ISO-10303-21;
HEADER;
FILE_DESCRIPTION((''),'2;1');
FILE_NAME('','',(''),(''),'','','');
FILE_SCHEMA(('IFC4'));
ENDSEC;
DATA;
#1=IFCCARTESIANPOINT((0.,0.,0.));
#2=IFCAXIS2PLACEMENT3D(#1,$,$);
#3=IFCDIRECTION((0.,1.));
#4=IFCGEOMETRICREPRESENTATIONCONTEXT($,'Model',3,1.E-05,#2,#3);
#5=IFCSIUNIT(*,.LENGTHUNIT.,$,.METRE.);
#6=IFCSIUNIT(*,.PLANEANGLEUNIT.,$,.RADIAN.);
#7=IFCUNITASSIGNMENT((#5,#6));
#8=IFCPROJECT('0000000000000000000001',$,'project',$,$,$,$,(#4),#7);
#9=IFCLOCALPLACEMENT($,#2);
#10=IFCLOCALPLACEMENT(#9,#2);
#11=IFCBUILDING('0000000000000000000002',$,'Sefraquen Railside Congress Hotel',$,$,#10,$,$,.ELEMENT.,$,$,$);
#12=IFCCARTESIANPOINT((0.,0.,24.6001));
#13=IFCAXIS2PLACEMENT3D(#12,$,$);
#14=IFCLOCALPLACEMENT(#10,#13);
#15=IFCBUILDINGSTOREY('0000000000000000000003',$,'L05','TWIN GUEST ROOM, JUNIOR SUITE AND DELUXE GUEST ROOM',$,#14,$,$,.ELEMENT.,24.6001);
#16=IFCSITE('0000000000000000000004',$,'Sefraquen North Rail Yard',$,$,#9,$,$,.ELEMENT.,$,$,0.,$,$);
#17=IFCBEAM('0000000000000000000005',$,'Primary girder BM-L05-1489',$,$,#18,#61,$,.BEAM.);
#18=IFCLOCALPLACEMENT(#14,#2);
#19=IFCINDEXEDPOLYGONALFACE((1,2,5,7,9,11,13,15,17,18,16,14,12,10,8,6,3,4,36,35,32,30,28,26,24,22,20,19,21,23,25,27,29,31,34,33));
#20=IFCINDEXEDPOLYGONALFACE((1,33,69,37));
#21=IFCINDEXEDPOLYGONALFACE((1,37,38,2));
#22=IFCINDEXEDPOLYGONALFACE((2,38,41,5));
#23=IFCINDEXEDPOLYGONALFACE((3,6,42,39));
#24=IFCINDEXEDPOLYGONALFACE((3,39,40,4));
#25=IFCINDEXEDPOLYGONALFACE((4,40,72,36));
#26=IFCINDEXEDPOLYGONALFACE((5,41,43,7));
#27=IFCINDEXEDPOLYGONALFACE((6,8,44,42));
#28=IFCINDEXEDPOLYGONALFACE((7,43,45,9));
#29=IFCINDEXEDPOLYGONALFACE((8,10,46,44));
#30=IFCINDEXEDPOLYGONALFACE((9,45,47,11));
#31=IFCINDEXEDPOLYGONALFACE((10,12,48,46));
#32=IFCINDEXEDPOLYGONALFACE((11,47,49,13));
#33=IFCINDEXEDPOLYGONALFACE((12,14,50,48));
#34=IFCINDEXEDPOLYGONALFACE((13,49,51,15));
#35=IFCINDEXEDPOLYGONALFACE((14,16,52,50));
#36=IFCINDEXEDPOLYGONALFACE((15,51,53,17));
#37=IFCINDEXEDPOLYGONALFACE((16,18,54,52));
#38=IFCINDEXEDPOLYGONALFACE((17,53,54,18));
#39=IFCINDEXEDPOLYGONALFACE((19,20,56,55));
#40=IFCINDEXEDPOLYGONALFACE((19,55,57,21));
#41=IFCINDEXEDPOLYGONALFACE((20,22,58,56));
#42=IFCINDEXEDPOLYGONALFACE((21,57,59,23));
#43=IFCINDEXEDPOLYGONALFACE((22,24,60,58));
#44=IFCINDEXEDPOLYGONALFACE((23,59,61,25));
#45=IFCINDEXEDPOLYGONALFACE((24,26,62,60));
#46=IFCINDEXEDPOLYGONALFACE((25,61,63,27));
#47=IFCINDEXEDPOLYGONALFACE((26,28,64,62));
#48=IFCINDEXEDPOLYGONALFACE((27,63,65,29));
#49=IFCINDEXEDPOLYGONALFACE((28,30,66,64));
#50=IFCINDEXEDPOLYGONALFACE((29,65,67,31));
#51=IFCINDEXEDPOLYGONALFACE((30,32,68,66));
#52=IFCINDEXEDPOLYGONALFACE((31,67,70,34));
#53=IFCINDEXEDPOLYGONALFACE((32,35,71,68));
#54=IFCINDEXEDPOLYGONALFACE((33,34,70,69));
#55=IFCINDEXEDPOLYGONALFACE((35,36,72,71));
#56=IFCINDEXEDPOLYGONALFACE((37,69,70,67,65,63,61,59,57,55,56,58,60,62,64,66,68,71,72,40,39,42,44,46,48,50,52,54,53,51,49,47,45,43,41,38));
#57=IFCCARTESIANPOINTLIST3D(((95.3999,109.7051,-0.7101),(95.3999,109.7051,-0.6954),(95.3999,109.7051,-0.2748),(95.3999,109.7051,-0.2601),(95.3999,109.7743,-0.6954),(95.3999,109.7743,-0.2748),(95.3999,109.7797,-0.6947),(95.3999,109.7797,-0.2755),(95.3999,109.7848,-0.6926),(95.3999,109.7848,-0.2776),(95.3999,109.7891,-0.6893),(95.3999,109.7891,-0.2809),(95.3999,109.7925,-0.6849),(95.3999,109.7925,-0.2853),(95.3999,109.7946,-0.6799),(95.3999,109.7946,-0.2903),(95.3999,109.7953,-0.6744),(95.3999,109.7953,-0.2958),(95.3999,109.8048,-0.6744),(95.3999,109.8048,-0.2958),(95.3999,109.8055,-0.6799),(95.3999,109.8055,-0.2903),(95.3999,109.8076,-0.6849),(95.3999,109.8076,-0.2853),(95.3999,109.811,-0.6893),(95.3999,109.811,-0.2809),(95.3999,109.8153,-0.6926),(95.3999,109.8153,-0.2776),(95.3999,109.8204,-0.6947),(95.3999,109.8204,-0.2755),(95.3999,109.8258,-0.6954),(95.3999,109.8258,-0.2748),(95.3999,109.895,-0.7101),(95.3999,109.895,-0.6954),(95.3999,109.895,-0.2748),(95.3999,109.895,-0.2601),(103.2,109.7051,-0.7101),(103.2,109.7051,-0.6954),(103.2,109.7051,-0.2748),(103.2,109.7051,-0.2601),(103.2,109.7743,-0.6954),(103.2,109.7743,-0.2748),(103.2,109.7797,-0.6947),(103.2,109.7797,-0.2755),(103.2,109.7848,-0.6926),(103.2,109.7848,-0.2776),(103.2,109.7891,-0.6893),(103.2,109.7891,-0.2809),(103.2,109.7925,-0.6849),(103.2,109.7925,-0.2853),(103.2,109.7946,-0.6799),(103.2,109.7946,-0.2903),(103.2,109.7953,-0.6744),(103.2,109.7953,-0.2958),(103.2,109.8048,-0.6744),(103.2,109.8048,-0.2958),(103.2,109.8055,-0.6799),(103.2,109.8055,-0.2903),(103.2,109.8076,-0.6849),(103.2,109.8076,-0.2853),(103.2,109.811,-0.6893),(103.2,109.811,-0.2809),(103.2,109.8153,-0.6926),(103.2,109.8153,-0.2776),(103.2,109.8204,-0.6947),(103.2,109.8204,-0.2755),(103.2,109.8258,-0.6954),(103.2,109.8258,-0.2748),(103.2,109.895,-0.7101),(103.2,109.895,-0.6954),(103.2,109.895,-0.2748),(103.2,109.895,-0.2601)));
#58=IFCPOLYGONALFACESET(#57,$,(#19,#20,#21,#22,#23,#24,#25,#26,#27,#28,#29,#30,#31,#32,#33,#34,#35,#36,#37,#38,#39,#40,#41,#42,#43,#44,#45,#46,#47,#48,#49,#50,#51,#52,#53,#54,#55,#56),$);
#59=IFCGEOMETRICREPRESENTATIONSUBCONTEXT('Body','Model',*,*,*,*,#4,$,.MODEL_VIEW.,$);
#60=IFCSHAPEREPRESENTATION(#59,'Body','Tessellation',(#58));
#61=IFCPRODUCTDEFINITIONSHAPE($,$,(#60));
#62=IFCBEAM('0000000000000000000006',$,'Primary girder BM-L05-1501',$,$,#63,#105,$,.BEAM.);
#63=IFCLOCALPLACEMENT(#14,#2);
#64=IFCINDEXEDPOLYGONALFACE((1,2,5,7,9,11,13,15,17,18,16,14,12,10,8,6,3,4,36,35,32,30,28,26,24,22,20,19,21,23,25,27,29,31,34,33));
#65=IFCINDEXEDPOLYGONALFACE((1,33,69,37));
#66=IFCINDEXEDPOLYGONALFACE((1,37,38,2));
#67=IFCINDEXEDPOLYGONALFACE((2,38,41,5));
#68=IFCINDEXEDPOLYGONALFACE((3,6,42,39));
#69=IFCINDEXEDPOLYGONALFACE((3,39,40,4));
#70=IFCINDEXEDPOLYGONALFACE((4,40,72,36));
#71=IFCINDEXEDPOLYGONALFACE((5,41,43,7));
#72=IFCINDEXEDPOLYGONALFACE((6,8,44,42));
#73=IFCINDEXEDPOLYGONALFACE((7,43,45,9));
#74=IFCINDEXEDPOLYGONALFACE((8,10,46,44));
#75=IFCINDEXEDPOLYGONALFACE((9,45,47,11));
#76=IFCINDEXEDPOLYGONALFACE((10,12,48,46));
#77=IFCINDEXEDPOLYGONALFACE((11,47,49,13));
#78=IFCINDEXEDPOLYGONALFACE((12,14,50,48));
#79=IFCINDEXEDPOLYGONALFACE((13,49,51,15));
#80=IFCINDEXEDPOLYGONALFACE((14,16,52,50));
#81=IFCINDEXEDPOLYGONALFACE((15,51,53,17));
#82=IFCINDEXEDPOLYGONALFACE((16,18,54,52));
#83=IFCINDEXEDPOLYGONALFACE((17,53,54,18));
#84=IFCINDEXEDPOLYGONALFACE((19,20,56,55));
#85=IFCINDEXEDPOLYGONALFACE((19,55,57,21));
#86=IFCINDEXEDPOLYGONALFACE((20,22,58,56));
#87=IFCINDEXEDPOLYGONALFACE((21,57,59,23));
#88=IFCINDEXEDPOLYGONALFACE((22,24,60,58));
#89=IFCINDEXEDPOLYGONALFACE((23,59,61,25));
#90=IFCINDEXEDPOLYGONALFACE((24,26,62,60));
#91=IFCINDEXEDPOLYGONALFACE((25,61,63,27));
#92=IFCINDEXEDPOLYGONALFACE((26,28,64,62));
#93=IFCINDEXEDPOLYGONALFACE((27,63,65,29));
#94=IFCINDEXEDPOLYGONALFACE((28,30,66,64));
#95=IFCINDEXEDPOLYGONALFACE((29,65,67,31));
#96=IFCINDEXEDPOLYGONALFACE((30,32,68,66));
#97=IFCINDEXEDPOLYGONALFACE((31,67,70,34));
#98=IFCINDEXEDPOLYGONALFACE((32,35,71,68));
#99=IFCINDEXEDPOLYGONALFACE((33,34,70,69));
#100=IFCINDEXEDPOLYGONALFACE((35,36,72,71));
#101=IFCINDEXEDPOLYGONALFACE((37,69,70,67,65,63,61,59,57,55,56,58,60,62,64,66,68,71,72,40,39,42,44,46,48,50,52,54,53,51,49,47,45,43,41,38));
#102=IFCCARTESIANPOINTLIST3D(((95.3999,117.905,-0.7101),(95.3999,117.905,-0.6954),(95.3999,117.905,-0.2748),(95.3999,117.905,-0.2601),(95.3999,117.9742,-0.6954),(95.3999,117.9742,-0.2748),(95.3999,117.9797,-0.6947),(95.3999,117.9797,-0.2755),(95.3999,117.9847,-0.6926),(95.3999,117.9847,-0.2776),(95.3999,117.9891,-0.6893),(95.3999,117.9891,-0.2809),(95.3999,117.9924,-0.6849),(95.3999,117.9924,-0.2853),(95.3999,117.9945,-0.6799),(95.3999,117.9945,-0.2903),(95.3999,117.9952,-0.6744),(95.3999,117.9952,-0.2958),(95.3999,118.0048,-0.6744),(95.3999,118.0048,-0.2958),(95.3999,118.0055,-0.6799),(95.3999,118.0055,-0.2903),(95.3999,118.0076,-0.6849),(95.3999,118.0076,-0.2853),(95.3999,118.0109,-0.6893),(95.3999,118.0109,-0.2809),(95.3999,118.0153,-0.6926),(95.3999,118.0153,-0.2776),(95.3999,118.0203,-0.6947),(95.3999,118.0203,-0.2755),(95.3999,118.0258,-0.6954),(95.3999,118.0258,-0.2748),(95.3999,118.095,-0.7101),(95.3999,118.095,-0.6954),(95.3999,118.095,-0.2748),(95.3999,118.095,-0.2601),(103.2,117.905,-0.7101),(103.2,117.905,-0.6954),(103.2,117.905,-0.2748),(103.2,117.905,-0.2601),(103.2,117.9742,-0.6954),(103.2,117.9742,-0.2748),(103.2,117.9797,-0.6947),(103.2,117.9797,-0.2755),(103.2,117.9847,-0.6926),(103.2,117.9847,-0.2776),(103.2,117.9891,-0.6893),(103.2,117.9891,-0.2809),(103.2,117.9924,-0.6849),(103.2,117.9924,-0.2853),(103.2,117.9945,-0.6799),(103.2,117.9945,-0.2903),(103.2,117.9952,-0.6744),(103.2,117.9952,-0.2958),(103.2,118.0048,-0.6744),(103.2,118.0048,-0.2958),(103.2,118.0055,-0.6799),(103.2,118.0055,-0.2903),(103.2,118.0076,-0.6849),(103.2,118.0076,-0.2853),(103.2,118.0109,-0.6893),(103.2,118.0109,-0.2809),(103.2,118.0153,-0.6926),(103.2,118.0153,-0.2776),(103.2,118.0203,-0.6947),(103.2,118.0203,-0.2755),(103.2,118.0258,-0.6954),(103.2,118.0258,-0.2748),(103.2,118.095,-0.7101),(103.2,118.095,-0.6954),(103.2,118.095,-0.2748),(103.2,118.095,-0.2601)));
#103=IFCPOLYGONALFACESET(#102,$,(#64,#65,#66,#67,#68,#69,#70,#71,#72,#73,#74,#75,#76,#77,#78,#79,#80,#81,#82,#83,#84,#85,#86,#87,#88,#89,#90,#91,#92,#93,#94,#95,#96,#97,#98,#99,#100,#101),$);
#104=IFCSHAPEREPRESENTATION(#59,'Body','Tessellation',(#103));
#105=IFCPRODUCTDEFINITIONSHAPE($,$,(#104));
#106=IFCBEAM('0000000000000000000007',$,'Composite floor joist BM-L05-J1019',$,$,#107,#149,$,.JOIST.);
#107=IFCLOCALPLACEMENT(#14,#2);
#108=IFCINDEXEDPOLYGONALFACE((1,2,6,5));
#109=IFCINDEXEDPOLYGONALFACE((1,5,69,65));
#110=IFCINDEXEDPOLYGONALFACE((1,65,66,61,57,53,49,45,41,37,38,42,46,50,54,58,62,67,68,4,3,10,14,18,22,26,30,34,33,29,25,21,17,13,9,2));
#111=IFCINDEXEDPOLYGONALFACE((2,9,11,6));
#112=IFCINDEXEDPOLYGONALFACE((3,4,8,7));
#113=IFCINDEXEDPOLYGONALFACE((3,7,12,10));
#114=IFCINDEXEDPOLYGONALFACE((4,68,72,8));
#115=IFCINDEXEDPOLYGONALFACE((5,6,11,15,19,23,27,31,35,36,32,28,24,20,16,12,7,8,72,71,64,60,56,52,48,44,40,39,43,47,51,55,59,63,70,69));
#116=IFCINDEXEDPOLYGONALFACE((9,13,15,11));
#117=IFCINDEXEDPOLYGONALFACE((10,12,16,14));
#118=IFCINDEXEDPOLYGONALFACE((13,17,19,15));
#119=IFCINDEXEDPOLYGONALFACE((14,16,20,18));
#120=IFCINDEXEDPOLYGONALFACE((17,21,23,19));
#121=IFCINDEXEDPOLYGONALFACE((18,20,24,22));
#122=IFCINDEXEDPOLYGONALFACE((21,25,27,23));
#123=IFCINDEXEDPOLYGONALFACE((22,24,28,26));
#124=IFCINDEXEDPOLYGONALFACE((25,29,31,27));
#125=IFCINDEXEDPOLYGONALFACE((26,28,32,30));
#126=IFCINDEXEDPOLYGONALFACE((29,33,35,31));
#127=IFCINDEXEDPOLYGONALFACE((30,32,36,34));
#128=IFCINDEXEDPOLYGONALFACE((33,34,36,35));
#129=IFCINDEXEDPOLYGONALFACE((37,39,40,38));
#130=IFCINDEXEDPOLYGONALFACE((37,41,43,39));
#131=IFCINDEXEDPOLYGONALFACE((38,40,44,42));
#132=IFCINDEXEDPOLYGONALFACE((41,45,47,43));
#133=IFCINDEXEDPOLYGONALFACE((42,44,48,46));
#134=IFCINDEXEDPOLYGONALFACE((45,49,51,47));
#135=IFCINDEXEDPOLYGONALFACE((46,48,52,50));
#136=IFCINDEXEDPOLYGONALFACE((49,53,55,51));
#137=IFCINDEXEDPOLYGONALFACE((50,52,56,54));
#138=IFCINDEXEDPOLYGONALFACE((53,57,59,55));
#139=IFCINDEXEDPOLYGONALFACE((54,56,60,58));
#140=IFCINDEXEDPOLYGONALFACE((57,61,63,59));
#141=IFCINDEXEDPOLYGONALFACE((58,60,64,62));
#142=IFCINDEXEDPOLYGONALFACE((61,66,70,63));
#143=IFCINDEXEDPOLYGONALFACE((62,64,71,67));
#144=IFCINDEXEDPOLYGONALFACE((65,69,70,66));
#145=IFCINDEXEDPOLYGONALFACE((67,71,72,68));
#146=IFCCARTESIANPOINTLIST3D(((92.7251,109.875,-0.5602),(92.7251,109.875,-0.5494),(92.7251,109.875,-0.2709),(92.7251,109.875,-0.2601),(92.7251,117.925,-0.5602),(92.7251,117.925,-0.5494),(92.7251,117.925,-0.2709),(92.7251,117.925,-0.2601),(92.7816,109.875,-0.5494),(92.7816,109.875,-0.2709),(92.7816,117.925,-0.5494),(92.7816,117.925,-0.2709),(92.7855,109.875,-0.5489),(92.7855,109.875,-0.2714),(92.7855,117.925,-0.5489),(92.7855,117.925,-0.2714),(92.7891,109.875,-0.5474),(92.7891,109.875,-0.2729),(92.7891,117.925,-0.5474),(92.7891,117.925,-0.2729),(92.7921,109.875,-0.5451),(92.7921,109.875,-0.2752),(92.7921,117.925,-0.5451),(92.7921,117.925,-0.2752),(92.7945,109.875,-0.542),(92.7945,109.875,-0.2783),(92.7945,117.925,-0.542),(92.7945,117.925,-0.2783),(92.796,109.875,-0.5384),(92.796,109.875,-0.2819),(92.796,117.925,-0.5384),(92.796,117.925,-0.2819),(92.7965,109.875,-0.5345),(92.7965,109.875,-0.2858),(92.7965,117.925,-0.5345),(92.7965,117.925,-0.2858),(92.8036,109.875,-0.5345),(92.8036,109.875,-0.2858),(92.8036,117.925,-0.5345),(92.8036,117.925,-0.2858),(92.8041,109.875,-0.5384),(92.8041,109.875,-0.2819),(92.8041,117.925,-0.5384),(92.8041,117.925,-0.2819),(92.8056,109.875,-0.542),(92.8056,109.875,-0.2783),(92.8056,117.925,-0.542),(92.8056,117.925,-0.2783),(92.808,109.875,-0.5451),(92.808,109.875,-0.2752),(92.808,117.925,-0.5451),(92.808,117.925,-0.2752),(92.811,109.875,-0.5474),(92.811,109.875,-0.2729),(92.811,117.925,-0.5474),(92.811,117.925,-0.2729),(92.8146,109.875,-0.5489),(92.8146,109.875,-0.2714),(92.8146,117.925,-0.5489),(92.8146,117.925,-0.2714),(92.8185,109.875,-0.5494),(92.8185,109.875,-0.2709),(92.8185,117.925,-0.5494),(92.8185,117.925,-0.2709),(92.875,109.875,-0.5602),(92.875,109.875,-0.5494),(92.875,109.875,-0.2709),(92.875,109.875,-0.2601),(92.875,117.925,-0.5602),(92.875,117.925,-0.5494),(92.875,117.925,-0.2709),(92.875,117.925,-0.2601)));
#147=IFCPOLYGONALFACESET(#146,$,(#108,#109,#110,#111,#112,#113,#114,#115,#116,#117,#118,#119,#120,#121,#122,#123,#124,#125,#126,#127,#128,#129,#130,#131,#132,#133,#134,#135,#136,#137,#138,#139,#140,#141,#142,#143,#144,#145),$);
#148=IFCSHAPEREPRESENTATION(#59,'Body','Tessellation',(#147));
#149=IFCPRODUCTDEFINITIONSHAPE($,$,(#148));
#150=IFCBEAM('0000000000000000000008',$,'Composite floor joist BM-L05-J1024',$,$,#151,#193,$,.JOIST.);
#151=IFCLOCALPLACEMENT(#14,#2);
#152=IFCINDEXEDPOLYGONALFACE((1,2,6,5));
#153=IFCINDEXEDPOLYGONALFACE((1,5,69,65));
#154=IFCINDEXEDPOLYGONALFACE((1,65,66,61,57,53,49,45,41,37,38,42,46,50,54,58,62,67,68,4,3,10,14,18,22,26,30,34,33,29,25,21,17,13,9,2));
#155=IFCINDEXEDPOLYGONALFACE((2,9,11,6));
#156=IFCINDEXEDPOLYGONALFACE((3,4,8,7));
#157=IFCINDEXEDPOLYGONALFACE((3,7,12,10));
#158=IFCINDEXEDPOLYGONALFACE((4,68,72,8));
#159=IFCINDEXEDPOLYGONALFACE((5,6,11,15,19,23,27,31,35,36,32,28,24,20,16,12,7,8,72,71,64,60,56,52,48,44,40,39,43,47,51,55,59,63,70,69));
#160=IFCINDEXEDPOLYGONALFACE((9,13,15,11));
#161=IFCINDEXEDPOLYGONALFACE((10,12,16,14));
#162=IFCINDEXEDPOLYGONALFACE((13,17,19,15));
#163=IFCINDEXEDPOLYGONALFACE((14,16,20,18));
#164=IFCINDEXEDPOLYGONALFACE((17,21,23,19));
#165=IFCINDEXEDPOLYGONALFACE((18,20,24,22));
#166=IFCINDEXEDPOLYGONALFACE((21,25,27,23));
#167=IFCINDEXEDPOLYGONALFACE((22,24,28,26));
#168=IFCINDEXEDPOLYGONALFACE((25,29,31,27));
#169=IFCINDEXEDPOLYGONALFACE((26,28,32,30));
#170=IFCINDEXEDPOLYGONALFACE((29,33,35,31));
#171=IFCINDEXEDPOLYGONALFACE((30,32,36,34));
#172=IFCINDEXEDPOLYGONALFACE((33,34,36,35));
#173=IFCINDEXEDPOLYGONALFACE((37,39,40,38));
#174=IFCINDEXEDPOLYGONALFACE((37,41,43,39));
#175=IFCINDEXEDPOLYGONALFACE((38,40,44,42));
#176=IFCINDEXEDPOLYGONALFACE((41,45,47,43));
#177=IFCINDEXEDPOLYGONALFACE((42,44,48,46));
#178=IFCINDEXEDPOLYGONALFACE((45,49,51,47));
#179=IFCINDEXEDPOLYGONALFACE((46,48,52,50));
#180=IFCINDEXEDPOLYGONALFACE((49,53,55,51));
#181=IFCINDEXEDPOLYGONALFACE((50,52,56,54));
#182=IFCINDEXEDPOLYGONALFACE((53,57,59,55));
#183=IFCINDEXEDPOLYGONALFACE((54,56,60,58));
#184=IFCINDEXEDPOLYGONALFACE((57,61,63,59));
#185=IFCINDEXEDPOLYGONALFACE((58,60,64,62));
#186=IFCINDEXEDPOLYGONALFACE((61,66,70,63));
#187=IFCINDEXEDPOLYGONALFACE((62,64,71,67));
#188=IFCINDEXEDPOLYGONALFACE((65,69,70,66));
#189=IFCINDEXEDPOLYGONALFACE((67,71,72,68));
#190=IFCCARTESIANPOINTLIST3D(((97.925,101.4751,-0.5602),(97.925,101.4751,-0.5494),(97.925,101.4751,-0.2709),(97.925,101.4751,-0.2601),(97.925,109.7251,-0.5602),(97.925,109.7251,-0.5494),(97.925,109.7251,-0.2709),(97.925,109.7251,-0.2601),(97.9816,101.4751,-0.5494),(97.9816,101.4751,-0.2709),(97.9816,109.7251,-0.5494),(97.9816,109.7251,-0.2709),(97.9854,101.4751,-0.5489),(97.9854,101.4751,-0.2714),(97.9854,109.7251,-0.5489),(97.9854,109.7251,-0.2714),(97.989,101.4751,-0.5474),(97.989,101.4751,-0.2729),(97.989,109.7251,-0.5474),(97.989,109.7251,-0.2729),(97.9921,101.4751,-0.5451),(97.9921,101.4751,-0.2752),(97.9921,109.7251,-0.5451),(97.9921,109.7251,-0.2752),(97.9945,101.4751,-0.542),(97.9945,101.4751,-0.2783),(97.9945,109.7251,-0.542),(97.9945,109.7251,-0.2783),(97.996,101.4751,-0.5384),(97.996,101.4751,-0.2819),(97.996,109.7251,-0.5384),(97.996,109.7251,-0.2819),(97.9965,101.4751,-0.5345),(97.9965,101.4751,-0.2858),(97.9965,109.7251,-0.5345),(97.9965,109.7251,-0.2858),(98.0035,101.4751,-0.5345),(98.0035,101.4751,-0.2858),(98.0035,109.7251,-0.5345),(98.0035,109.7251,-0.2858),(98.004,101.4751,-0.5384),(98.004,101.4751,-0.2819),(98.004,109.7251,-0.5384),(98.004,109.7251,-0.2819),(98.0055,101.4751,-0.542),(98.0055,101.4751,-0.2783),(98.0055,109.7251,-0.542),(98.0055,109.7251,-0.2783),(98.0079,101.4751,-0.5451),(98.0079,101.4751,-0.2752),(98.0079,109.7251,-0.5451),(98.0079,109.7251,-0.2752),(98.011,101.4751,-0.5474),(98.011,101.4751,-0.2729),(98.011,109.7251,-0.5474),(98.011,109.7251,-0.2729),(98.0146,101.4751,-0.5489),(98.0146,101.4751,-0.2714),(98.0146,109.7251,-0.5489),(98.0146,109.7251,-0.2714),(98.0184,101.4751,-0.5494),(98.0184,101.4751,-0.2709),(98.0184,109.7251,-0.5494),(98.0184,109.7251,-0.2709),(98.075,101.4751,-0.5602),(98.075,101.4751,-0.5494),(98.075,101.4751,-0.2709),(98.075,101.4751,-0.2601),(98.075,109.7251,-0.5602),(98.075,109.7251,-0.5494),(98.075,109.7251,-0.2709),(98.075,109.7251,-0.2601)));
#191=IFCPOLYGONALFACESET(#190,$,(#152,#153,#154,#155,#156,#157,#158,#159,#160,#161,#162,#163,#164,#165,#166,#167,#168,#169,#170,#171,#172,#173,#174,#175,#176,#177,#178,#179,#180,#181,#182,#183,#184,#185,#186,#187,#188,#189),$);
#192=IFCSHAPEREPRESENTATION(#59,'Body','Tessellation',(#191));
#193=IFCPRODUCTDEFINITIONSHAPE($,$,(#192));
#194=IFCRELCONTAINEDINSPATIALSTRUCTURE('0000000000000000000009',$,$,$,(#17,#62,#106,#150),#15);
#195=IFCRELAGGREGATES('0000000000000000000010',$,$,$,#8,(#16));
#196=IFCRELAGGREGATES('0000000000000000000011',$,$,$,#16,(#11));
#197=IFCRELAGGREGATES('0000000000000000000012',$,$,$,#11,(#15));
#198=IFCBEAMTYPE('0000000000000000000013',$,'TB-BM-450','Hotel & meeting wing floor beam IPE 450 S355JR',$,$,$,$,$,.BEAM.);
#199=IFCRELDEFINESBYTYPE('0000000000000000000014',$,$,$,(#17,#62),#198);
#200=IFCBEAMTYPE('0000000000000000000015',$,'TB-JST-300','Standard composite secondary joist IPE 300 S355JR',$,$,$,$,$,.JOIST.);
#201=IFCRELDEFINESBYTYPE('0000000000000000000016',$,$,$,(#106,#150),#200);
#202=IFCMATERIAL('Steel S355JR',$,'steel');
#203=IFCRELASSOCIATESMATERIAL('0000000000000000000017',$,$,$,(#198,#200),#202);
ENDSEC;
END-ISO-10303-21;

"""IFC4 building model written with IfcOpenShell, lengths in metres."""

from ifc_helpers import new_model, si_unit, direction, frame, origin, origin_2d, place, context, subcontext, project, spatial, i_section, extrude, material, material_profile, profile_set, type_object, element, save


model = new_model("IFC4")

# Units and contexts
model_context = context("Model", 3, precision=1e-05, world=origin(), true_north=direction((0.0, 1.0)))
body_context = subcontext(model_context, "Body", "Model", "MODEL_VIEW")
ifc_project = project(units=[si_unit("LENGTHUNIT", "METRE"), si_unit("PLANEANGLEUNIT", "RADIAN")], contexts=[model_context])

# Site, building, storey
site_placement = place(None, origin())
site = spatial("IfcSite", under=ifc_project, at=site_placement, Name="Sefraquen North Rail Yard", CompositionType="ELEMENT", RefElevation=0.0)
building_placement = place(site_placement, origin())
building = spatial("IfcBuilding", under=site, at=building_placement, Name="Sefraquen Railside Congress Hotel", CompositionType="ELEMENT")
storey_placement = place(building_placement, frame((0.0, 0.0, 24.6001)))
storey = spatial("IfcBuildingStorey", under=building, at=storey_placement, Name="L05", Description="TWIN GUEST ROOM, JUNIOR SUITE AND DELUXE GUEST ROOM", CompositionType="ELEMENT", Elevation=24.6001)

# Shared definitions
ifc_material_1 = material(Name="Steel S355JR", Category="steel")

# Beams
ifc_material_profile_1 = material_profile(ifc_material_1, i_section(OverallWidth=0.1899, OverallDepth=0.45, WebThickness=0.0095, FlangeThickness=0.0146, FilletRadius=0.021, at=origin_2d()), Name="IPE 450")
ifc_profile_set_1 = profile_set([ifc_material_profile_1], Name="Steel S355JR")
beam_type_1 = type_object("IfcBeamType", Name="TB-BM-450", Description="Hotel & meeting wing floor beam IPE 450 S355JR", PredefinedType="BEAM", material=ifc_profile_set_1)
for number, where, z_axis, x_axis, name in (
    (1, (95.3999, 109.8, -0.4851), (1.0, 0.0, 0.0), (0.0, 1.0, 0.0), "Primary girder BM-L05-1489"),
    (2, (95.3999, 118.0, -0.4851), (1.0, 0.0, 0.0), (0.0, 1.0, 0.0), "Primary girder BM-L05-1501"),
):
    element("IfcBeam", number, at=place(storey_placement, frame(where, z_axis=z_axis, x_axis=x_axis)), inside=storey, type_object=beam_type_1, Name=name, PredefinedType="BEAM", context=body_context, shape_type="SweptSolid", body=[
        extrude(i_section(OverallWidth=0.1899, OverallDepth=0.45, WebThickness=0.0095, FlangeThickness=0.0146, FilletRadius=0.021, at=origin_2d()), origin(), (0.0, 0.0, 1.0), 7.8),
    ])
ifc_material_profile_2 = material_profile(ifc_material_1, i_section(OverallWidth=0.1499, OverallDepth=0.3, WebThickness=0.0071, FlangeThickness=0.0107, FilletRadius=0.0149, at=origin_2d()), Name="IPE 300")
ifc_profile_set_2 = profile_set([ifc_material_profile_2], Name="Steel S355JR")
beam_type_2 = type_object("IfcBeamType", Name="TB-JST-300", Description="Standard composite secondary joist IPE 300 S355JR", PredefinedType="JOIST", material=ifc_profile_set_2)
beam_1_placement = place(storey_placement, frame((92.8, 109.875, -0.4102), z_axis=(0.0, 1.0, 0.0), x_axis=(-1.0, 0.0, 0.0)))
element("IfcBeam", 3, at=beam_1_placement, inside=storey, type_object=beam_type_2, Name="Composite floor joist BM-L05-J1019", PredefinedType="JOIST", context=body_context, shape_type="SweptSolid", body=[
    extrude(i_section(OverallWidth=0.1499, OverallDepth=0.3, WebThickness=0.0071, FlangeThickness=0.0107, FilletRadius=0.0149, at=origin_2d()), origin(), (0.0, 0.0, 1.0), 8.05),
])
for number, where, z_axis, x_axis, name in (
    (4, (98.0, 101.4751, -0.4102), (0.0, 1.0, 0.0), (-1.0, 0.0, 0.0), "Composite floor joist BM-L05-J1024"),
):
    element("IfcBeam", number, at=place(storey_placement, frame(where, z_axis=z_axis, x_axis=x_axis)), inside=storey, type_object=beam_type_2, Name=name, PredefinedType="JOIST", context=body_context, shape_type="SweptSolid", body=[
        extrude(i_section(OverallWidth=0.1499, OverallDepth=0.3, WebThickness=0.0071, FlangeThickness=0.0107, FilletRadius=0.0149, at=origin_2d()), origin(), (0.0, 0.0, 1.0), 8.25),
    ])

save(model, "model.ifc")
